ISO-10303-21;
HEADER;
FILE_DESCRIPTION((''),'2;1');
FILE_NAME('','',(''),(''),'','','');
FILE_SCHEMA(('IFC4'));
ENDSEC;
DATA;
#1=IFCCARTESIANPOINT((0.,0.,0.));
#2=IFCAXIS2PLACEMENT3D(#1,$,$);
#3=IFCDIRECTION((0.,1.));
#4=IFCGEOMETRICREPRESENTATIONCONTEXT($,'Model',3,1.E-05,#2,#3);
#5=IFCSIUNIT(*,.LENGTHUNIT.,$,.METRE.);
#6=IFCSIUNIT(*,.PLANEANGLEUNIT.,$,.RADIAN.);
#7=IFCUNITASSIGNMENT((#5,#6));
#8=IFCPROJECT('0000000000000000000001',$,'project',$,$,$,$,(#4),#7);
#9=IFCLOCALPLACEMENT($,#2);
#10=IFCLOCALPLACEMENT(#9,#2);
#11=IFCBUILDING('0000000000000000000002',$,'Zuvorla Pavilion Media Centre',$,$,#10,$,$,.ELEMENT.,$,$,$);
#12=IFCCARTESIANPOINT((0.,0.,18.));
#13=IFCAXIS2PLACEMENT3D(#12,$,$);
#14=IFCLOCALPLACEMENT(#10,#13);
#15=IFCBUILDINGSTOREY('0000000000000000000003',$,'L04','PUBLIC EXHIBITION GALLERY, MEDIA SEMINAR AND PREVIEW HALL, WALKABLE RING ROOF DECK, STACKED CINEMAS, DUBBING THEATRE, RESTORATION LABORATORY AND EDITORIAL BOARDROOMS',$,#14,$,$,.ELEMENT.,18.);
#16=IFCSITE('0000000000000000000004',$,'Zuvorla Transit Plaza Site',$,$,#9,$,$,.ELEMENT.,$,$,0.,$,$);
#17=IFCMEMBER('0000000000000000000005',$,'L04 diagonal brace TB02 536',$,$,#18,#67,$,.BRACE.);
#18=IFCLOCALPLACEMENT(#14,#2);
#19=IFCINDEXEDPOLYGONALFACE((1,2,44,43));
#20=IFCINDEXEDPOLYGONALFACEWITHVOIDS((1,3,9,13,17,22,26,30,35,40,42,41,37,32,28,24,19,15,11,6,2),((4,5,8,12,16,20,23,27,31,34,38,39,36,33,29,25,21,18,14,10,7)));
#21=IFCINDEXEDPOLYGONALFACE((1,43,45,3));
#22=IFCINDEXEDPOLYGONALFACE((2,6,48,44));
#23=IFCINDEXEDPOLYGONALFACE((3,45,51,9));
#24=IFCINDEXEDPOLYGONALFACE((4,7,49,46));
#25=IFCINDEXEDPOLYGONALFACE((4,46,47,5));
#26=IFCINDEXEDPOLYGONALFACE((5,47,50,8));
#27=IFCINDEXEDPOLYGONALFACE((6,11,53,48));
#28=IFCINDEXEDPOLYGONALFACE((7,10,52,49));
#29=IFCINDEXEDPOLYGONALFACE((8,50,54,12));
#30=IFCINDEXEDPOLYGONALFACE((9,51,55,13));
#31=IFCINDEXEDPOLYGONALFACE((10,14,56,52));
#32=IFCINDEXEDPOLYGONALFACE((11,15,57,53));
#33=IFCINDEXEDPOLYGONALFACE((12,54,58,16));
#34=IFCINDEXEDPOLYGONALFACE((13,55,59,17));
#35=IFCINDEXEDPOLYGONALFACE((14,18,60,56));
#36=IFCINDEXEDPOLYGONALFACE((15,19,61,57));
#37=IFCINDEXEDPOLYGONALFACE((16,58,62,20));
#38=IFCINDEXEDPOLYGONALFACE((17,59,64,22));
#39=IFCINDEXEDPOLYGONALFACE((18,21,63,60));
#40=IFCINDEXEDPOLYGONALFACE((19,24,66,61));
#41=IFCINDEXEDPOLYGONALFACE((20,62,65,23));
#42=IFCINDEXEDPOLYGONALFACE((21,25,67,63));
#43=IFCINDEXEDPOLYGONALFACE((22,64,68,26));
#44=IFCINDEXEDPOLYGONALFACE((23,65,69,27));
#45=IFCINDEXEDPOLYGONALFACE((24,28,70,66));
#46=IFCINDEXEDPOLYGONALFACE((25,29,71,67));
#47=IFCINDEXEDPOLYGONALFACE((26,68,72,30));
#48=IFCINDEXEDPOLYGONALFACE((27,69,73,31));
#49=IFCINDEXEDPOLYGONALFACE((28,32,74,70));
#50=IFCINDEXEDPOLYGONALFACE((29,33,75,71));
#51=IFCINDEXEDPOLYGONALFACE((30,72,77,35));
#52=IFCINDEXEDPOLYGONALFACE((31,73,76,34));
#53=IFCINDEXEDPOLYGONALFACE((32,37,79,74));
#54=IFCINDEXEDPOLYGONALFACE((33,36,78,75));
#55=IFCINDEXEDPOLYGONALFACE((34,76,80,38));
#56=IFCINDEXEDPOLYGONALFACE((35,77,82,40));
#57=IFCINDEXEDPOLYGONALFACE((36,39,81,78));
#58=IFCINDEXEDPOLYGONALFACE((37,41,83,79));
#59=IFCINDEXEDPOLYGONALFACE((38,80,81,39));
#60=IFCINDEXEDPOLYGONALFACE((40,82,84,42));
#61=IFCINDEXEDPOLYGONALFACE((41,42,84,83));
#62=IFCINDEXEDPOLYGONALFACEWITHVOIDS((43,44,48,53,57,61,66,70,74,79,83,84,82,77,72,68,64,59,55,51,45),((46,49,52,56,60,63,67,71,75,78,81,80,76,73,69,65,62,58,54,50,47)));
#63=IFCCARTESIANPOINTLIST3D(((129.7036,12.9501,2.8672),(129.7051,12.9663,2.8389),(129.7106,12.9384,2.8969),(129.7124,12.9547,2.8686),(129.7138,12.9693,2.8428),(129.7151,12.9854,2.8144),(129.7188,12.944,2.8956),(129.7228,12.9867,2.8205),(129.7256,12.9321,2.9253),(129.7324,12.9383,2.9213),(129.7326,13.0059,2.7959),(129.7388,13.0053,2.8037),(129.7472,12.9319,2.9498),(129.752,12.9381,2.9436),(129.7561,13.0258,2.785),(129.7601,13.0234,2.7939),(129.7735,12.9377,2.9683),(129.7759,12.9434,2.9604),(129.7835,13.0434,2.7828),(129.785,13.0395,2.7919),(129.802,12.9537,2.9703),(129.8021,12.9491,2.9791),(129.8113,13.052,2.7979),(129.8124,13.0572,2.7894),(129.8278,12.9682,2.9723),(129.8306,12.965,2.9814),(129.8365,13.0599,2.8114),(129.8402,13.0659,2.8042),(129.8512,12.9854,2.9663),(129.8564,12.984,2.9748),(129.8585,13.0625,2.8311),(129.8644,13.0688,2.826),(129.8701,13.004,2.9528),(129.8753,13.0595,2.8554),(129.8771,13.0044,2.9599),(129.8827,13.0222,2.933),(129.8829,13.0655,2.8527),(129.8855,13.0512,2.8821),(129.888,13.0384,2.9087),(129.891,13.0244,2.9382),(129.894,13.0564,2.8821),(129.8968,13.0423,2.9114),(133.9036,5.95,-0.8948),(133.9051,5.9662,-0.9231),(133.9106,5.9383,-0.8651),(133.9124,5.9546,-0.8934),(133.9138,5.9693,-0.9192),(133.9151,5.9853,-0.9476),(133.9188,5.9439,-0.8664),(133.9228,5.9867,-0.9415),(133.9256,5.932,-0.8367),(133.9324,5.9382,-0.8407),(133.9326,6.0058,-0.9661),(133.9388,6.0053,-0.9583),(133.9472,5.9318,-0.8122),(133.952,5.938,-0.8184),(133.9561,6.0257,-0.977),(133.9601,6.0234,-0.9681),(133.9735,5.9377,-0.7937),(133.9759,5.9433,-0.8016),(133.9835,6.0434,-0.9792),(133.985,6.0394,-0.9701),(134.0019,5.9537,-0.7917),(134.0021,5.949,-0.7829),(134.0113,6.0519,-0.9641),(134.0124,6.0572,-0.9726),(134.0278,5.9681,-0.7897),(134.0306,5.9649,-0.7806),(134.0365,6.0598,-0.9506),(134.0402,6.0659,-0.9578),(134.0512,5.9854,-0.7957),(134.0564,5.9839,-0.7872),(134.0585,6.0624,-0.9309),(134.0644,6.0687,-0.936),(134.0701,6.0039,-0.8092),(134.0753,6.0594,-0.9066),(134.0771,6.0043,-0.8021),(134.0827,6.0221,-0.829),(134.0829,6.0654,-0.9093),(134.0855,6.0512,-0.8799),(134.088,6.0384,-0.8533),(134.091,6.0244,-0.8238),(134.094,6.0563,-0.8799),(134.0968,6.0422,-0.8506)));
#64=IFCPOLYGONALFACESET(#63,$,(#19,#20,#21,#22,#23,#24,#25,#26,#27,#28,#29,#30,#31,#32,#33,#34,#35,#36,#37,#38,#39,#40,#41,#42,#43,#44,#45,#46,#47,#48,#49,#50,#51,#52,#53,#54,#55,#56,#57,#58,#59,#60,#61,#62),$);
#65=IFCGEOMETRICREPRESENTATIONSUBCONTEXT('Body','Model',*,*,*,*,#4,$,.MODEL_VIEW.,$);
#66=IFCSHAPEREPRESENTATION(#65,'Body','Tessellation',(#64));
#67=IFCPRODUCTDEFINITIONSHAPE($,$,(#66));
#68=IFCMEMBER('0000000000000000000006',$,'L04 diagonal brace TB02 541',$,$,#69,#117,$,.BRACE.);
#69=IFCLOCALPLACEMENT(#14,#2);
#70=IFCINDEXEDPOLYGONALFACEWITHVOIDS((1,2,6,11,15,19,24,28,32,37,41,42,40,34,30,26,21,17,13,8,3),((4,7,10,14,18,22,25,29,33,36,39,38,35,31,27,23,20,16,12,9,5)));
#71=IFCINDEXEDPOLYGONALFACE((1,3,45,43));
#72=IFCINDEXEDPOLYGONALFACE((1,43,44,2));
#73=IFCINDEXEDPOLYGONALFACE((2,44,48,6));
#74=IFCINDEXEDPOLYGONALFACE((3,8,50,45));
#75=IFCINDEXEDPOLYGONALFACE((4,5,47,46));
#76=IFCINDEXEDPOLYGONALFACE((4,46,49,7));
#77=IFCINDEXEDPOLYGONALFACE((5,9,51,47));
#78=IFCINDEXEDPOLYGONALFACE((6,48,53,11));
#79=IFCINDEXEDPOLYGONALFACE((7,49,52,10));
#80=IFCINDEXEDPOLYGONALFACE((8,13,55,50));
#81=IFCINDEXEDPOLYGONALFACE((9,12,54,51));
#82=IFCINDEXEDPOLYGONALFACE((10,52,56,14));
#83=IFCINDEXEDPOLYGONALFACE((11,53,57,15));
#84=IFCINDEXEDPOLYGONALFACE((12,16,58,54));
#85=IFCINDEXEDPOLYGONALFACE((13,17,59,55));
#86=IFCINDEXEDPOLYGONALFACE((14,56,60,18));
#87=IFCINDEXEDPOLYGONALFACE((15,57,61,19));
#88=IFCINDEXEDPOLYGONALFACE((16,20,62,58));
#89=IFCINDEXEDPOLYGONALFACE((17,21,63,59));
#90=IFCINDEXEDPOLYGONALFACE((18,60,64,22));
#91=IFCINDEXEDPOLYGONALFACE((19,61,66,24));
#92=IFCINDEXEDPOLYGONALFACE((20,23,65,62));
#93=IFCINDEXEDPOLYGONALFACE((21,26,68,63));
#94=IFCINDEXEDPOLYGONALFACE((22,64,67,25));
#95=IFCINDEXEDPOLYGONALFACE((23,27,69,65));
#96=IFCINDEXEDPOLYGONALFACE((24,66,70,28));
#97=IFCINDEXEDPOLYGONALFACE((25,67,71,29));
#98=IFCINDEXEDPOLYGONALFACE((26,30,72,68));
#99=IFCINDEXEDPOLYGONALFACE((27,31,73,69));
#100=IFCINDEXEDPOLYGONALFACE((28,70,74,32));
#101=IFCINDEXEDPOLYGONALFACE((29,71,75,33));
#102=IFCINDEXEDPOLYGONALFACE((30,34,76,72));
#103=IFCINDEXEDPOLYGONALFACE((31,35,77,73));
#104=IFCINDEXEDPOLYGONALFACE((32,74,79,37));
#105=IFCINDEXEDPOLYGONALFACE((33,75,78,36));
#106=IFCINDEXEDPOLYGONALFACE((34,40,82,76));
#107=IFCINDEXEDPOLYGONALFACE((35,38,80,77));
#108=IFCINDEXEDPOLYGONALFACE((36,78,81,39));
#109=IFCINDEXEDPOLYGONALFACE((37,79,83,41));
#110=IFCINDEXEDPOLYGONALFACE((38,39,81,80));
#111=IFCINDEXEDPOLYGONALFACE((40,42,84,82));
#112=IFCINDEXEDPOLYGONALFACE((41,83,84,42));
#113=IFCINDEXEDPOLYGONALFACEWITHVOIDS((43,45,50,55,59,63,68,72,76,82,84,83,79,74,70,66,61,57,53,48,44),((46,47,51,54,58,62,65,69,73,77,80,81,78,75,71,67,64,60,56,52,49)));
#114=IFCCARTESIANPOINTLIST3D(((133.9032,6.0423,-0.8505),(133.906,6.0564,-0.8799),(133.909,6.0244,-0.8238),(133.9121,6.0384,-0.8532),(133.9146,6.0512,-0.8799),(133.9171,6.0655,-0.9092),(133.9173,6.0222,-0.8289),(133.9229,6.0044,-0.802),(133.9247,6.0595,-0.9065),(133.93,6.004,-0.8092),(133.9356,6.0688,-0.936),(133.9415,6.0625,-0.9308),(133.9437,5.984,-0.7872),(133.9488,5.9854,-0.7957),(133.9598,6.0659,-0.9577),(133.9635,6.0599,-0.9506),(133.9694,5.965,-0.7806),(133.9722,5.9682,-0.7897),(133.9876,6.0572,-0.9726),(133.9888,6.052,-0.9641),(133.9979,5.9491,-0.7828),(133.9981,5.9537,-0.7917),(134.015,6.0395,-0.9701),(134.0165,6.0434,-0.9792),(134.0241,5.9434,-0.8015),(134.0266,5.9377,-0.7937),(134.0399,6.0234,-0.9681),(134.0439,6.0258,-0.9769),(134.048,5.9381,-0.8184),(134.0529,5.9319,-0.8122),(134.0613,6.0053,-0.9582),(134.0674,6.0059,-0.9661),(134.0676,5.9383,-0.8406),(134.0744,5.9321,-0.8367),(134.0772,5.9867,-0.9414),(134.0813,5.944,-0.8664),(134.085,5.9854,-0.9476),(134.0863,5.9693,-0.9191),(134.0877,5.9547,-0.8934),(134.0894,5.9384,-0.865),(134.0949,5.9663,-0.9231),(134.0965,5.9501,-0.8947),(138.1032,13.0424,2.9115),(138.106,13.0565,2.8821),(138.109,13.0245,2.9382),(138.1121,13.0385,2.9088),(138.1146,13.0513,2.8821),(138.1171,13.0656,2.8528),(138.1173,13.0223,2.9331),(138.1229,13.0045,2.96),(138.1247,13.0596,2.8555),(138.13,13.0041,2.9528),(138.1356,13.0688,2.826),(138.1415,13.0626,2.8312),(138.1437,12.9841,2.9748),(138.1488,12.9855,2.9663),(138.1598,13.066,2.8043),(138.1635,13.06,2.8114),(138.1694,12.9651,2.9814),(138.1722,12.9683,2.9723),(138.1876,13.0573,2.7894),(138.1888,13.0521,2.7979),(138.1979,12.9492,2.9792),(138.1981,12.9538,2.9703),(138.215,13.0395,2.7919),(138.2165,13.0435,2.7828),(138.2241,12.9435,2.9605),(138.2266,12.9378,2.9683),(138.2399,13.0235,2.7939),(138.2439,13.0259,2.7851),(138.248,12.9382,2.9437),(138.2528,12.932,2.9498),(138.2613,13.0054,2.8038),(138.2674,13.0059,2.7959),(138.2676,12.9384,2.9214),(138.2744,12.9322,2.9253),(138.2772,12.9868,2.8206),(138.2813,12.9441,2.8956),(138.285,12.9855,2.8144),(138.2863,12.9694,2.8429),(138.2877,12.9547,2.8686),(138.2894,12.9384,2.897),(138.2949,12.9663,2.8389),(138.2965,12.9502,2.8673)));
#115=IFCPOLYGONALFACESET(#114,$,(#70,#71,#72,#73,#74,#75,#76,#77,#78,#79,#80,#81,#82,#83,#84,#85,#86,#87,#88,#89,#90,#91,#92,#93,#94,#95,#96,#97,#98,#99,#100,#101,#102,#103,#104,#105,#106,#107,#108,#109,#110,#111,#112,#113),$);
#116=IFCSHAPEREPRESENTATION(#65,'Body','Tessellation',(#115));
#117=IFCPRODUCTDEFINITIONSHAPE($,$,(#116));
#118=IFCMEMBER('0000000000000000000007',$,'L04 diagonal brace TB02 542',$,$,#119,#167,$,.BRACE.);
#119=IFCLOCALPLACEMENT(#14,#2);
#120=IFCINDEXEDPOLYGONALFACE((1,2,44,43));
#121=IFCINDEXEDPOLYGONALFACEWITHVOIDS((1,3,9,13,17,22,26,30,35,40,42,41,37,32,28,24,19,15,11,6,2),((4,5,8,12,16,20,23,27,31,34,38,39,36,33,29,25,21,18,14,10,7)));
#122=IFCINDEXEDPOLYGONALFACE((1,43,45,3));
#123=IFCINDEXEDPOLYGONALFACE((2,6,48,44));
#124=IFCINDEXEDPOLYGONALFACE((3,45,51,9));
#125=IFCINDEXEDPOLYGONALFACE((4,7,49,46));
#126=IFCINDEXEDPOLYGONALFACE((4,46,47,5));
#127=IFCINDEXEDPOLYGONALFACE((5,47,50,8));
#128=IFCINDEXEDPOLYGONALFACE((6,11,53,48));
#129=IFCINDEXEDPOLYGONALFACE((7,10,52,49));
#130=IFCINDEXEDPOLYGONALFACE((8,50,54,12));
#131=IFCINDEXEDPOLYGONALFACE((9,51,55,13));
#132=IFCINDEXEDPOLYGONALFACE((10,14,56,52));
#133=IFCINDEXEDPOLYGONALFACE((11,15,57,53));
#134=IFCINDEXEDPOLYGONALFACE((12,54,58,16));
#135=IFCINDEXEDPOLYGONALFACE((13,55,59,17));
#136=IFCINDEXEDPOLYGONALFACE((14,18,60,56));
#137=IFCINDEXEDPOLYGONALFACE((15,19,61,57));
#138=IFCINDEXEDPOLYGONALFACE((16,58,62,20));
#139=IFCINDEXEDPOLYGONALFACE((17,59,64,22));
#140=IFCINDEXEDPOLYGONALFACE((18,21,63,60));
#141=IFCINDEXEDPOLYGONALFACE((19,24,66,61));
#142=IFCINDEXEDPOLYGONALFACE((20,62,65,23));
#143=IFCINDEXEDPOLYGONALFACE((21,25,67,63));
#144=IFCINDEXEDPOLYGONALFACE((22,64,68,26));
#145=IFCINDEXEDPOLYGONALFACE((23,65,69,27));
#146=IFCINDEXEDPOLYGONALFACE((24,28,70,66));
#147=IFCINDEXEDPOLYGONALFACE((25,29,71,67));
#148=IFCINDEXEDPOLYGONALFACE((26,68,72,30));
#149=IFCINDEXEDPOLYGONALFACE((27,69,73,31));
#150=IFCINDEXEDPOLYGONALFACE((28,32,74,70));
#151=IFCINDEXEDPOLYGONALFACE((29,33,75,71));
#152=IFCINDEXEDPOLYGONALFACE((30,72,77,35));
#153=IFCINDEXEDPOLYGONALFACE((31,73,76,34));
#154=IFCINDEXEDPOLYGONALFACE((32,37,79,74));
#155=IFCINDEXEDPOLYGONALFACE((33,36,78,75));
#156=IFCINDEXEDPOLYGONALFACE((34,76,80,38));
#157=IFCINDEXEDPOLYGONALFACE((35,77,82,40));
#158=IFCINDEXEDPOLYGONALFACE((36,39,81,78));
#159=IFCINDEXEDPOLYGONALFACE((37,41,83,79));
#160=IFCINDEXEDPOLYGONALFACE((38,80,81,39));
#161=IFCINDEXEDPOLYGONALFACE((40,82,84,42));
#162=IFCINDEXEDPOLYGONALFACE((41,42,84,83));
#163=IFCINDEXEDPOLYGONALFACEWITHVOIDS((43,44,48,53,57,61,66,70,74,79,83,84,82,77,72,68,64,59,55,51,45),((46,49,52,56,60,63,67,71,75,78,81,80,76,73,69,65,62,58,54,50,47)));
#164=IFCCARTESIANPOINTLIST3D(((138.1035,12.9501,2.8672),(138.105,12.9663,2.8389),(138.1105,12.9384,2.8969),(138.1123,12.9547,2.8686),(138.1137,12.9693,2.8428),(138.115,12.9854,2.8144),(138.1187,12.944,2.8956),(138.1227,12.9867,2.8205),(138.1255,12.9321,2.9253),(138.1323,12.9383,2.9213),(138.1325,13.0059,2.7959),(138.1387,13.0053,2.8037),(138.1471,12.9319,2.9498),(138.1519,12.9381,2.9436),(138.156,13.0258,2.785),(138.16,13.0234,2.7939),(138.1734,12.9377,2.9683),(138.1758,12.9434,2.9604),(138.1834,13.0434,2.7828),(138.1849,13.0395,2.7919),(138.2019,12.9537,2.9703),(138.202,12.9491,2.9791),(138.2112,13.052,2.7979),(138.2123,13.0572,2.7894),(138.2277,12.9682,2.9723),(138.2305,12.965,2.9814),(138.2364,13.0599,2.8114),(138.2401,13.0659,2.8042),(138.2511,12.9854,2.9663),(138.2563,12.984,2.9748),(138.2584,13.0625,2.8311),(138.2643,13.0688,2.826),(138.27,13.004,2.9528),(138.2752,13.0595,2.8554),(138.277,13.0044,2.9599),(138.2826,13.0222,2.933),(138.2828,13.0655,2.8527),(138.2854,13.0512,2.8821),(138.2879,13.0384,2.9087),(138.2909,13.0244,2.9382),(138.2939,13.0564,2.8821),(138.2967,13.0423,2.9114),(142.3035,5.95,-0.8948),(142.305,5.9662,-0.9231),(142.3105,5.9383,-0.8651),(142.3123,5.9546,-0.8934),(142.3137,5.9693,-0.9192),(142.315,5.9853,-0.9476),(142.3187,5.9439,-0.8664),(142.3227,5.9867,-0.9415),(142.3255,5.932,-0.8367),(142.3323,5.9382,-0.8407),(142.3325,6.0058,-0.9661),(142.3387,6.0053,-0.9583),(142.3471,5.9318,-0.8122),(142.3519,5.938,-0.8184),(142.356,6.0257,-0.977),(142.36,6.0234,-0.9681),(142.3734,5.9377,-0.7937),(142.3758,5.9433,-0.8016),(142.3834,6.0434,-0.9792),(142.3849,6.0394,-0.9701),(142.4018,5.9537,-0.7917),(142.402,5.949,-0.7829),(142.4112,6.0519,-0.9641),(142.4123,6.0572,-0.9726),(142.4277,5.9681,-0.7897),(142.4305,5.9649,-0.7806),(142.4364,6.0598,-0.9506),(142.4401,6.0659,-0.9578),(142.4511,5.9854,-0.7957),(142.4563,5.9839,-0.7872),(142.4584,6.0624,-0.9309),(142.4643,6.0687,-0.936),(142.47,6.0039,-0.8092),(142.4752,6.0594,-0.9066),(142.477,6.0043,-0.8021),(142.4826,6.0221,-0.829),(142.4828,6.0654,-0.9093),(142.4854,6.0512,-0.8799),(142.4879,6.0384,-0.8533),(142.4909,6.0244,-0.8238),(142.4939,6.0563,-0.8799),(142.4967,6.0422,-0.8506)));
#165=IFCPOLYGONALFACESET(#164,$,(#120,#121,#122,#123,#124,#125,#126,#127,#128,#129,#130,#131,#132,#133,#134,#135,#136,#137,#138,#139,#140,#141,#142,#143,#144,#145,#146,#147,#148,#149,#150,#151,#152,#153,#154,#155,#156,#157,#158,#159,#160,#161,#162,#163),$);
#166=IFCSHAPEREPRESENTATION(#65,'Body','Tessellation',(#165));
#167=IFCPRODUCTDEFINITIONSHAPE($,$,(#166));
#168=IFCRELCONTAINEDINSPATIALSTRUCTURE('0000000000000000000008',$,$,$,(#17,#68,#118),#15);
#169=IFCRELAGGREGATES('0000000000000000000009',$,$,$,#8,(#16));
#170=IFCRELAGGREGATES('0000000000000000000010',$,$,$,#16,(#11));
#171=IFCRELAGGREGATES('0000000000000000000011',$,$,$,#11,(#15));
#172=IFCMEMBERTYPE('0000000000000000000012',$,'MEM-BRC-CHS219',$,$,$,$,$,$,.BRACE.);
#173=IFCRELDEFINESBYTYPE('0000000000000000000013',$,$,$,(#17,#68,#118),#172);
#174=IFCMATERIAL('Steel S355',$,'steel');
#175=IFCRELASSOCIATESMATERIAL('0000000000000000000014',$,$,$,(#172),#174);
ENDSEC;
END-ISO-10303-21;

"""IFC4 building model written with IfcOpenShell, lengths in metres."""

from ifc_helpers import new_model, si_unit, direction, frame, origin, origin_2d, place, context, subcontext, project, spatial, hollow_circle, extrude, material, material_profile, profile_set, type_object, element, save


model = new_model("IFC4")

# Units and contexts
model_context = context("Model", 3, precision=1e-05, world=origin(), true_north=direction((0.0, 1.0)))
body_context = subcontext(model_context, "Body", "Model", "MODEL_VIEW")
ifc_project = project(units=[si_unit("LENGTHUNIT", "METRE"), si_unit("PLANEANGLEUNIT", "RADIAN")], contexts=[model_context])

# Site, building, storey
site_placement = place(None, origin())
site = spatial("IfcSite", under=ifc_project, at=site_placement, Name="Zuvorla Transit Plaza Site", CompositionType="ELEMENT", RefElevation=0.0)
building_placement = place(site_placement, origin())
building = spatial("IfcBuilding", under=site, at=building_placement, Name="Zuvorla Pavilion Media Centre", CompositionType="ELEMENT")
storey_placement = place(building_placement, frame((0.0, 0.0, 18.0)))
storey = spatial("IfcBuildingStorey", under=building, at=storey_placement, Name="L04", Description="PUBLIC EXHIBITION GALLERY, MEDIA SEMINAR AND PREVIEW HALL, WALKABLE RING ROOF DECK, STACKED CINEMAS, DUBBING THEATRE, RESTORATION LABORATORY AND EDITORIAL BOARDROOMS", CompositionType="ELEMENT", Elevation=18.0)

# Members
ifc_material_1 = material(Name="Steel S355", Category="steel")
ifc_material_profile_1 = material_profile(ifc_material_1, hollow_circle(Radius=0.1096, WallThickness=0.01, at=origin_2d()), Name="CHS 219.1x10")
ifc_profile_set_1 = profile_set([ifc_material_profile_1], Name="Steel S355")
member_type_1 = type_object("IfcMemberType", Name="MEM-BRC-CHS219", PredefinedType="BRACE", material=ifc_profile_set_1)
for number, where, z_axis, x_axis, name in (
    (1, (129.8, 13.0, 2.8821), (0.467262, -0.778779, -0.418534), (0.857496, 0.514491, 0.0), "L04 diagonal brace TB02 536"),
    (2, (134.0, 6.0, -0.8799), (0.467262, 0.778779, 0.418534), (-0.857496, 0.514491, 0.0), "L04 diagonal brace TB02 541"),
    (3, (138.2, 13.0, 2.8821), (0.467262, -0.778779, -0.418534), (0.857496, 0.514491, 0.0), "L04 diagonal brace TB02 542"),
):
    element("IfcMember", number, at=place(storey_placement, frame(where, z_axis=z_axis, x_axis=x_axis)), inside=storey, type_object=member_type_1, Name=name, PredefinedType="BRACE", context=body_context, shape_type="SweptSolid", body=[
        extrude(hollow_circle(Radius=0.1096, WallThickness=0.01, at=origin_2d()), origin(), (0.0, 0.0, 1.0), 8.9885),
    ])

save(model, "model.ifc")
